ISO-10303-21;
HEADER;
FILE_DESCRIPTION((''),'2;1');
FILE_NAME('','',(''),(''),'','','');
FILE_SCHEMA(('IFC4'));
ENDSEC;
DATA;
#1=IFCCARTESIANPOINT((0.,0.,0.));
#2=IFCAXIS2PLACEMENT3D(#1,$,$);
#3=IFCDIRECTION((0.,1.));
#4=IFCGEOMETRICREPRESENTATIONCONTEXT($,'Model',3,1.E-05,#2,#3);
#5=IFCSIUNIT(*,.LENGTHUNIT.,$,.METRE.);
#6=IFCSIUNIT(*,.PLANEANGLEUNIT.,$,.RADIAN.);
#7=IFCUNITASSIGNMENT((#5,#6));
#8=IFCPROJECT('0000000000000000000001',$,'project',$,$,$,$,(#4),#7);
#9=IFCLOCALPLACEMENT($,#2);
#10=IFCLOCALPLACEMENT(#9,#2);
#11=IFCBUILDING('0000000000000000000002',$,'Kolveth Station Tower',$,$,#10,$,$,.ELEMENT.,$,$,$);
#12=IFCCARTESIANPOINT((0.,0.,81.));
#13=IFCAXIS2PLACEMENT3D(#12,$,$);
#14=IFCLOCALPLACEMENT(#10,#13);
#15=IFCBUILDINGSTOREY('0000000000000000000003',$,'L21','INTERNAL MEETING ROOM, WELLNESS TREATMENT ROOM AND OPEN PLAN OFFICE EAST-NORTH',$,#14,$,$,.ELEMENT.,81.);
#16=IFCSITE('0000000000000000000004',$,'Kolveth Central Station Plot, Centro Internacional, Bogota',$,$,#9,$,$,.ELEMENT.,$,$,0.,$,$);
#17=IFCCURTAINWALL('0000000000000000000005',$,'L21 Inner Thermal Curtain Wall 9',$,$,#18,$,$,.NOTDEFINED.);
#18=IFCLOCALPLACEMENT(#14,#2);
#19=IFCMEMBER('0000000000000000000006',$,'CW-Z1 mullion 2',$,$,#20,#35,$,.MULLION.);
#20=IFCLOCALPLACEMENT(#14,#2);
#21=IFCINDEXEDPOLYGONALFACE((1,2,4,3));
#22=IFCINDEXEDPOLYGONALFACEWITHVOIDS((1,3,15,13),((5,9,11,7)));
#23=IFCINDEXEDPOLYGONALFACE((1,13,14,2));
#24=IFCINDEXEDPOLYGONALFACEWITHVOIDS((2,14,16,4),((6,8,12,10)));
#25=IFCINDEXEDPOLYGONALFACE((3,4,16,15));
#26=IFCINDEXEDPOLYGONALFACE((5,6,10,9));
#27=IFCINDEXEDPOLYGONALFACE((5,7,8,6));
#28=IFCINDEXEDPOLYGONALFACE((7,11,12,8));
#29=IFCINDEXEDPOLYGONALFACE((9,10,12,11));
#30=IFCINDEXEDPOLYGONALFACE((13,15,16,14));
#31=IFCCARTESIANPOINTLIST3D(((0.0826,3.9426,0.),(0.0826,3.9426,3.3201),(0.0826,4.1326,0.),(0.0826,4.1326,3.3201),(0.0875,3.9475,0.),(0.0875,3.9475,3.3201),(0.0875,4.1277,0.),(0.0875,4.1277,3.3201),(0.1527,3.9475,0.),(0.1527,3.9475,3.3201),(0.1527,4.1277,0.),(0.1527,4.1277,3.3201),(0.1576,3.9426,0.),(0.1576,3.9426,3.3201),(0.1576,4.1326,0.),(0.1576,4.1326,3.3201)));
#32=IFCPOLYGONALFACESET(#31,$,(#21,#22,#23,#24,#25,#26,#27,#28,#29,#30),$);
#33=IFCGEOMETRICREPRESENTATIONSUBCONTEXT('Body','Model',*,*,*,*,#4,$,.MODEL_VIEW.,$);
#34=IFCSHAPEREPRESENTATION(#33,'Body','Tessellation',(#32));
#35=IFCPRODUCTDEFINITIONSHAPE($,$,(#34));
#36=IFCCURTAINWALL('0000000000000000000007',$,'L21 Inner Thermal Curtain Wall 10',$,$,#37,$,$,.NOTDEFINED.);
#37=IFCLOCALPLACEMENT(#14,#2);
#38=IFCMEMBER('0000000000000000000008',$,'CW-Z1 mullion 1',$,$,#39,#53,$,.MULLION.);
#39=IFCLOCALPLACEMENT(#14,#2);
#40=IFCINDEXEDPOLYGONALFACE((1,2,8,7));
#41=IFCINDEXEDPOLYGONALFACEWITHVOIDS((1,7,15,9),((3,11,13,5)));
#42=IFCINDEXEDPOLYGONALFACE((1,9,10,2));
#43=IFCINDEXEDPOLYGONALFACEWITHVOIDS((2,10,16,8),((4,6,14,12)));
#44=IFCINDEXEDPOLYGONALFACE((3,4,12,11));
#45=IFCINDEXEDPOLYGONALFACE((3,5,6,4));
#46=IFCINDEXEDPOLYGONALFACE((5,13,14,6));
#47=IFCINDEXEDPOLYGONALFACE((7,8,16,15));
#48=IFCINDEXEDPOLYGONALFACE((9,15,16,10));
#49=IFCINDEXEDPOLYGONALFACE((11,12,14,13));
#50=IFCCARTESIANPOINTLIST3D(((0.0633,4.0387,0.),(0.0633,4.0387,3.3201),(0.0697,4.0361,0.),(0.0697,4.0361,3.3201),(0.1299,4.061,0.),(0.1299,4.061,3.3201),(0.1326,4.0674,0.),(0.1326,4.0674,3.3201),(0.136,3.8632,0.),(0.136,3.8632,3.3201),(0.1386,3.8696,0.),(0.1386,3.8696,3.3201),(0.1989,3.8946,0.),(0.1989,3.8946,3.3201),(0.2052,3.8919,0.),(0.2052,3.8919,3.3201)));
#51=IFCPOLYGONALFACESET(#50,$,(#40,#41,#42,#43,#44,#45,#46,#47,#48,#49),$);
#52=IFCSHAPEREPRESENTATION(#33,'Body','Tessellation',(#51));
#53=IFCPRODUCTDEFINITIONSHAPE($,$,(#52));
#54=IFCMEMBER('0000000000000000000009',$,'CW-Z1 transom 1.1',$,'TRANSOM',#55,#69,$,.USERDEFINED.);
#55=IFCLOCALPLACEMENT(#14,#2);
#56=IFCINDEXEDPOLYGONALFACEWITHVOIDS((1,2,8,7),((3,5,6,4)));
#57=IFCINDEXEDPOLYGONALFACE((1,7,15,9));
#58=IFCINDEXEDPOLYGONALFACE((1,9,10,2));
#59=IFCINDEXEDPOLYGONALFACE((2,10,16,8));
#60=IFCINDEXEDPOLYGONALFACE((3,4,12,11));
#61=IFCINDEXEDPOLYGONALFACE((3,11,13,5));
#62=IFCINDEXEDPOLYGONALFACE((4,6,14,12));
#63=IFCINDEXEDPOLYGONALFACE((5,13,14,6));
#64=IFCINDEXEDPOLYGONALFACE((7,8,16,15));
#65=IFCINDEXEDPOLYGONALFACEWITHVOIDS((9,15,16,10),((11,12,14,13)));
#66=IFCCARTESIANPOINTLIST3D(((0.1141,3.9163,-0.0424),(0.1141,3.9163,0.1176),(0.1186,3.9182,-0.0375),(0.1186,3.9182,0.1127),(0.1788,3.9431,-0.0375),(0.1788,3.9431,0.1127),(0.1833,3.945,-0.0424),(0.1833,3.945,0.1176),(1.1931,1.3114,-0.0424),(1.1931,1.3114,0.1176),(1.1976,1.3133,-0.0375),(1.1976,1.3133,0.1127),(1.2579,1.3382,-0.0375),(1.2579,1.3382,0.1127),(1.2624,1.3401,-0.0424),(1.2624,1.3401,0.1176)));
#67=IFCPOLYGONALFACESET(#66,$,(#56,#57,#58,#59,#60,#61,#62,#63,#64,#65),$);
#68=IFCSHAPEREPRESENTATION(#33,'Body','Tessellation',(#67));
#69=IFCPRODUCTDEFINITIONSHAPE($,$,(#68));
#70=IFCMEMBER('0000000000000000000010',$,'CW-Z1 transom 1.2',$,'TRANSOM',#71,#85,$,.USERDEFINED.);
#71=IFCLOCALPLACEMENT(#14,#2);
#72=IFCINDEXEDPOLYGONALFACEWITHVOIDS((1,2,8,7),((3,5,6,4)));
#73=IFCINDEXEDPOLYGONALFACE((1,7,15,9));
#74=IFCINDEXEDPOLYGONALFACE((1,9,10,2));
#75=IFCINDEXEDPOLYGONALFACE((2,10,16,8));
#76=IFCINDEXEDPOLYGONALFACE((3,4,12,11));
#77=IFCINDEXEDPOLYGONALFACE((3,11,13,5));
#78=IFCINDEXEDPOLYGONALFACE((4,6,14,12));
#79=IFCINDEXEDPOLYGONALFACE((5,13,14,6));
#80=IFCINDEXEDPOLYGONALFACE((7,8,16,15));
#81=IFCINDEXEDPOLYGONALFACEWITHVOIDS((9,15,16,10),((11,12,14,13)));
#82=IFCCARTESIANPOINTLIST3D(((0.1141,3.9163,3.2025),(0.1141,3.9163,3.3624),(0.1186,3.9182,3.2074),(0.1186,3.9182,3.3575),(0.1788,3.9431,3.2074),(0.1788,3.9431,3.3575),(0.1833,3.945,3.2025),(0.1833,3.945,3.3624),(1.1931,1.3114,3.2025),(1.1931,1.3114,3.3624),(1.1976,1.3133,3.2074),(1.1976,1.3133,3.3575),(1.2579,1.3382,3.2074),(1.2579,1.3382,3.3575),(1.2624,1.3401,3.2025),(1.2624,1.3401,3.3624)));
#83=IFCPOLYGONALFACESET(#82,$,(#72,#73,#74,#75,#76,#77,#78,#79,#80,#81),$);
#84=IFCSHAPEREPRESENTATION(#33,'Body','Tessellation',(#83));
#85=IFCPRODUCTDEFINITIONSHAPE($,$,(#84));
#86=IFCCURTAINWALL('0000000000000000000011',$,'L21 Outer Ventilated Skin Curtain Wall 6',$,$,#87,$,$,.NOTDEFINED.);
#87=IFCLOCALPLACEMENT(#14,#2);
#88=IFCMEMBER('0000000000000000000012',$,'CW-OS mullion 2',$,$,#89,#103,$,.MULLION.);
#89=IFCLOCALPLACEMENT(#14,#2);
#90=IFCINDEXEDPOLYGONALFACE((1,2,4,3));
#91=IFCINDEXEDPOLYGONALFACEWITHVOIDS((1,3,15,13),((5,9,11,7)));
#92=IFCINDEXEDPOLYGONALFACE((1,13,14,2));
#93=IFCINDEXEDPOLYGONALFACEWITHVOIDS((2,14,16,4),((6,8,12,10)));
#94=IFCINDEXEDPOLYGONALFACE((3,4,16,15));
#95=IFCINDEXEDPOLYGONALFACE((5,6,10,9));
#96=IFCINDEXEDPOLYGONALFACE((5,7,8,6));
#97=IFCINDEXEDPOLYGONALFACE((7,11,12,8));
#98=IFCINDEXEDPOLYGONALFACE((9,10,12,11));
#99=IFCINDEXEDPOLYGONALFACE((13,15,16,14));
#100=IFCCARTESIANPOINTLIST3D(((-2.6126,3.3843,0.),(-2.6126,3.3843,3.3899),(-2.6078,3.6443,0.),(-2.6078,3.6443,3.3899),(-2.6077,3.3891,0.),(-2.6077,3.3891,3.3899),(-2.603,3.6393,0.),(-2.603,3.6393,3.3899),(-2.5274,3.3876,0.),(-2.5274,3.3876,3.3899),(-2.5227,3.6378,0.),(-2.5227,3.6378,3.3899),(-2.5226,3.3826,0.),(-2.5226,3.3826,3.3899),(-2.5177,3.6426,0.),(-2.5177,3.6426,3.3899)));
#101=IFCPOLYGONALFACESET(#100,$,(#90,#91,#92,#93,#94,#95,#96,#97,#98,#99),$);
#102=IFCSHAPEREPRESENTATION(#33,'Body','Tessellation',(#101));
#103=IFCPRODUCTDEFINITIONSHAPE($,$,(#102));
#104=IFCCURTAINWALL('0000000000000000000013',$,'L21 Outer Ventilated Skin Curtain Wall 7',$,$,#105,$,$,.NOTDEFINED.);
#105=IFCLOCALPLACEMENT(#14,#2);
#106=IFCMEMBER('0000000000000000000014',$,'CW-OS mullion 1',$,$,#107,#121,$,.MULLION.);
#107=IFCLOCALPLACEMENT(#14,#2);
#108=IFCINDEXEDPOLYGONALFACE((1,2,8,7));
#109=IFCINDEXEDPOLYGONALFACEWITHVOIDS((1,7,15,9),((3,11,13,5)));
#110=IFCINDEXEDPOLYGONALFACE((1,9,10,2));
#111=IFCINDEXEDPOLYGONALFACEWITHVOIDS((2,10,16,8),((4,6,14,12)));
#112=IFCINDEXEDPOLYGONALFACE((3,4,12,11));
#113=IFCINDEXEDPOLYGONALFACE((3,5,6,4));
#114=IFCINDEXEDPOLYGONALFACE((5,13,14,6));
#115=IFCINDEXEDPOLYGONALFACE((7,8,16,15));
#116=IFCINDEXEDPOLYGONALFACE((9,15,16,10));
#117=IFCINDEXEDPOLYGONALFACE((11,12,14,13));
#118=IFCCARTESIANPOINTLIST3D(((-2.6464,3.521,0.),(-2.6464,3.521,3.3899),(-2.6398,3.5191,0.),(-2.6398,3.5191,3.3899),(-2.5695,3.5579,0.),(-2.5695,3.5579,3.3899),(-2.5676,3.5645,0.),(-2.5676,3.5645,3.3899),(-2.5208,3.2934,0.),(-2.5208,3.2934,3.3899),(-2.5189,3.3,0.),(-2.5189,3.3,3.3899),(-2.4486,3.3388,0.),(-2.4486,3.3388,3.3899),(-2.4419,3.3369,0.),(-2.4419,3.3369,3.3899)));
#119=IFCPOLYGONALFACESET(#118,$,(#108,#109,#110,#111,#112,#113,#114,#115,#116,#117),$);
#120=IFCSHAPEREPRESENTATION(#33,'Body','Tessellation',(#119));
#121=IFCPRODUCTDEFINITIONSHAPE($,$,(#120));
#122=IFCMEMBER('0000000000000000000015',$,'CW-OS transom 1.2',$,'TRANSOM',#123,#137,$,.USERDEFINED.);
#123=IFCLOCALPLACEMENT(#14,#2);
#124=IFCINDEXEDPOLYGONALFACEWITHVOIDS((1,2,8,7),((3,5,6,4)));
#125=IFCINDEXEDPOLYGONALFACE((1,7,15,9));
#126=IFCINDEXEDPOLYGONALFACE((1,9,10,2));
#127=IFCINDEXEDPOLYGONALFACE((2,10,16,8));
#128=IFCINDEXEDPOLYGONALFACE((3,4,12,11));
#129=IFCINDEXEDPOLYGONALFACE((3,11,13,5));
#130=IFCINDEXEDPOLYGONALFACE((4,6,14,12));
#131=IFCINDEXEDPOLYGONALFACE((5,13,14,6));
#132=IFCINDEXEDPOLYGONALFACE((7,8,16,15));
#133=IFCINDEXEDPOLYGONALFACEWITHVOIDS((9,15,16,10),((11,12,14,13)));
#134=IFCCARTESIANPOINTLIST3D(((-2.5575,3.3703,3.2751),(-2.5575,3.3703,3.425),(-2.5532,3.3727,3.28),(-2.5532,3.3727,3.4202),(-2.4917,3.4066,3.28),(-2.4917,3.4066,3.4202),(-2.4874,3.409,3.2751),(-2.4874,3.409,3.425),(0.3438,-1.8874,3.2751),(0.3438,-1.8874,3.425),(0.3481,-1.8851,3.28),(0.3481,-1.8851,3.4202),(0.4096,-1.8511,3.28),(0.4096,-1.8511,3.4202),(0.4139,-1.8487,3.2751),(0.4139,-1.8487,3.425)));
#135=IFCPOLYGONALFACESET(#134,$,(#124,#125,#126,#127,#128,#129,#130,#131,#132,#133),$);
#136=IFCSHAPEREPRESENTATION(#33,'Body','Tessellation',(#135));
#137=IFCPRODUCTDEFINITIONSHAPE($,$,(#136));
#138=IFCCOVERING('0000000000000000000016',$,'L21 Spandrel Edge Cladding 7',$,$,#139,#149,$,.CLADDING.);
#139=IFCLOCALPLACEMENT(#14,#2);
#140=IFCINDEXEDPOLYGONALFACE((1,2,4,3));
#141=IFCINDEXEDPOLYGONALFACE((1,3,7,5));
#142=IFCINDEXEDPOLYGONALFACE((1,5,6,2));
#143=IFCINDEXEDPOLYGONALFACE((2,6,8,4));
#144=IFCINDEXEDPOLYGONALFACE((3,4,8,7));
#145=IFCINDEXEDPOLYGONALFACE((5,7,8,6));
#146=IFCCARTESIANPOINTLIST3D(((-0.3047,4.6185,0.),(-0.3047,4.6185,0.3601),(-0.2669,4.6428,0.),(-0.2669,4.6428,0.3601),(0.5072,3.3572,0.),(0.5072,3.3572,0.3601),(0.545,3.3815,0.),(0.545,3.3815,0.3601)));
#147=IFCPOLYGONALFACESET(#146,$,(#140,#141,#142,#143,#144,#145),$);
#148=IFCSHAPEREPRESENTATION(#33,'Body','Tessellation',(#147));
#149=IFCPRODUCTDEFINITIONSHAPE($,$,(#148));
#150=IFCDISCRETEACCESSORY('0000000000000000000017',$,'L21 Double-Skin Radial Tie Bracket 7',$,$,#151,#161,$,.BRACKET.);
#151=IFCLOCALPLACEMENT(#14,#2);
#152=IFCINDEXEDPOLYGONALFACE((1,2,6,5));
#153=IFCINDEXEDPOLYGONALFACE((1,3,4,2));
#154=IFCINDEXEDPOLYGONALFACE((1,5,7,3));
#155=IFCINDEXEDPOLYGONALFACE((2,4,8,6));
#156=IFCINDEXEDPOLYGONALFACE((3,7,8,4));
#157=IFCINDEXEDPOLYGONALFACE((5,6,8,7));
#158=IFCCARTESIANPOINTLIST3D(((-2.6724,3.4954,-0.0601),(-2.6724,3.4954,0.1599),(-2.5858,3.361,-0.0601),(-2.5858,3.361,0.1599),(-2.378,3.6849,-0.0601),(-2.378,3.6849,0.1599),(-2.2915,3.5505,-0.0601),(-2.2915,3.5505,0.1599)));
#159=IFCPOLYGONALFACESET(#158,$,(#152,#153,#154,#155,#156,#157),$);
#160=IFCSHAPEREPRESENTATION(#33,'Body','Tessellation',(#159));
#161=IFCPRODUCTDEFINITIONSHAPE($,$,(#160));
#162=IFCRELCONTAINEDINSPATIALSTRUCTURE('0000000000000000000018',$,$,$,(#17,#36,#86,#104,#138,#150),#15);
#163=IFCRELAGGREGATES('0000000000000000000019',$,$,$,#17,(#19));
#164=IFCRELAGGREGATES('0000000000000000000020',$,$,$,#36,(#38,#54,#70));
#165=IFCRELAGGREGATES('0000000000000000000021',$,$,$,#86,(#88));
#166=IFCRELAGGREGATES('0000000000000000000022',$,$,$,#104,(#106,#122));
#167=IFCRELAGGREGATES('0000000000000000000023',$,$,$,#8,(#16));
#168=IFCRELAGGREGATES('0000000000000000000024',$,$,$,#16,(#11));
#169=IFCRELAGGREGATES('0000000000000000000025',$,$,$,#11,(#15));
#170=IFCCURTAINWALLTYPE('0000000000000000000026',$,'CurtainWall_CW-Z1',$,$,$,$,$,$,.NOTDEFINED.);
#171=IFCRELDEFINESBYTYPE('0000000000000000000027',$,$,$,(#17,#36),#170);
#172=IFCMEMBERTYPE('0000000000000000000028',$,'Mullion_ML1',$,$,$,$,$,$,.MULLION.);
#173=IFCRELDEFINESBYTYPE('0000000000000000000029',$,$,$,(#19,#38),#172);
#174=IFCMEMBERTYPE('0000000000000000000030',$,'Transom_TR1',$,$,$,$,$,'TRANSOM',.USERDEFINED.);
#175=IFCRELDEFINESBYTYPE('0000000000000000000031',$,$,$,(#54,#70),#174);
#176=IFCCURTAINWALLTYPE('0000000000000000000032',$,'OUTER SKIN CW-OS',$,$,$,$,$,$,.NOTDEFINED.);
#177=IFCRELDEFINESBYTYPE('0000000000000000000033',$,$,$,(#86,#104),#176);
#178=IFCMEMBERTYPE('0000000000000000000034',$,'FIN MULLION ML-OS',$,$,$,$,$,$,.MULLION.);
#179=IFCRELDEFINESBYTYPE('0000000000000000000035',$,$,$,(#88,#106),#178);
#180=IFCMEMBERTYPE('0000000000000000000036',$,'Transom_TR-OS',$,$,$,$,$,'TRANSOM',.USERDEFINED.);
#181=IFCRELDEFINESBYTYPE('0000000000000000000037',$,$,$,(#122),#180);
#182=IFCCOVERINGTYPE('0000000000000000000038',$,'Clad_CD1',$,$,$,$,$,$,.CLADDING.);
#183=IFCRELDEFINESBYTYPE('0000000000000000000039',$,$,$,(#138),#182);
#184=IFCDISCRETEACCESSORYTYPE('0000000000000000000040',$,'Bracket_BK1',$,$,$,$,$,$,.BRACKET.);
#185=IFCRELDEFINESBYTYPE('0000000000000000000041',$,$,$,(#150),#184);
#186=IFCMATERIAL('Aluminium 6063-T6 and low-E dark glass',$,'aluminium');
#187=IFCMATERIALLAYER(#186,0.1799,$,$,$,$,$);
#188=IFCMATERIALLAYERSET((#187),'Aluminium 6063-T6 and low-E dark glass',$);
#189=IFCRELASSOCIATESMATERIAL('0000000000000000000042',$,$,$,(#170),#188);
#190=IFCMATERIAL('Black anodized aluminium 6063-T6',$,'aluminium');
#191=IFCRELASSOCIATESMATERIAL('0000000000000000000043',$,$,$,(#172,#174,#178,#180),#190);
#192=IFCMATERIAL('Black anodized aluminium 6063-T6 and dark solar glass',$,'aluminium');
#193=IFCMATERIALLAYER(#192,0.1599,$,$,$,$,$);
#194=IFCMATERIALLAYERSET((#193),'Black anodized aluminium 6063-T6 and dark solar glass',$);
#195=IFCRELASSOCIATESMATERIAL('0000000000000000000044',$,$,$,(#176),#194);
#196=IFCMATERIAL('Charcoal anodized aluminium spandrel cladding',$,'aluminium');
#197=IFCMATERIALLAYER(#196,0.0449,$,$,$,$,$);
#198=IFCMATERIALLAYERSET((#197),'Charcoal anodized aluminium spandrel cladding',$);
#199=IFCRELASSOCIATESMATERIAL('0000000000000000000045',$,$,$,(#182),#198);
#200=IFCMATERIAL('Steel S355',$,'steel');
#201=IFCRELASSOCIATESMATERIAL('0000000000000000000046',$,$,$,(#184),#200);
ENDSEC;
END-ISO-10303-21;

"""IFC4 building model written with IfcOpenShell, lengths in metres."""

from ifc_helpers import new_model, si_unit, direction, frame, origin, origin_2d, place, context, subcontext, project, spatial, rectangle, hollow_rectangle, extrude, source, transform, mapped, material, layer, layer_set, material_profile, profile_set, type_object, element, aggregate, save


model = new_model("IFC4")

# Units and contexts
model_context = context("Model", 3, precision=1e-05, world=origin(), true_north=direction((0.0, 1.0)))
body_context = subcontext(model_context, "Body", "Model", "MODEL_VIEW")
ifc_project = project(units=[si_unit("LENGTHUNIT", "METRE"), si_unit("PLANEANGLEUNIT", "RADIAN")], contexts=[model_context])

# Site, building, storey
site_placement = place(None, origin())
site = spatial("IfcSite", under=ifc_project, at=site_placement, Name="Kolveth Central Station Plot, Centro Internacional, Bogota", CompositionType="ELEMENT", RefElevation=0.0)
building_placement = place(site_placement, origin())
building = spatial("IfcBuilding", under=site, at=building_placement, Name="Kolveth Station Tower", CompositionType="ELEMENT")
storey_placement = place(building_placement, frame((0.0, 0.0, 81.0)))
storey = spatial("IfcBuildingStorey", under=building, at=storey_placement, Name="L21", Description="INTERNAL MEETING ROOM, WELLNESS TREATMENT ROOM AND OPEN PLAN OFFICE EAST-NORTH", CompositionType="ELEMENT", Elevation=81.0)

# Shared definitions
ifc_material_1 = material(Name="Steel S355", Category="steel")

# Curtain wall, member
ifc_material_2 = material(Name="Aluminium 6063-T6 and low-E dark glass", Category="aluminium")
ifc_layer_1 = layer(ifc_material_2, 0.1799)
ifc_layer_set_1 = layer_set([ifc_layer_1], Name="Aluminium 6063-T6 and low-E dark glass")
curtain_wall_type_1 = type_object("IfcCurtainWallType", Name="CurtainWall_CW-Z1", PredefinedType="NOTDEFINED", material=ifc_layer_set_1)
curtain_wall_1_placement = place(storey_placement, origin())
curtain_wall_1 = element("IfcCurtainWall", 1, at=curtain_wall_1_placement, inside=storey, type_object=curtain_wall_type_1, Name="L21 Inner Thermal Curtain Wall 9", PredefinedType="NOTDEFINED")
ifc_material_3 = material(Name="Black anodized aluminium 6063-T6", Category="aluminium")
ifc_material_profile_1 = material_profile(ifc_material_3, hollow_rectangle(XDim=0.075, YDim=0.1899, WallThickness=0.0049, at=origin_2d()), Name="ALU-75x190x5")
ifc_profile_set_1 = profile_set([ifc_material_profile_1], Name="Black anodized aluminium 6063-T6")
member_type_1 = type_object("IfcMemberType", Name="Mullion_ML1", PredefinedType="MULLION", material=ifc_profile_set_1)
shared_shape_1 = source(origin(), body_context, "Body", "SweptSolid", [
    extrude(hollow_rectangle(XDim=0.075, YDim=0.1899, WallThickness=0.0049, at=origin_2d()), origin(), (0.0, 0.0, 1.0), 3.3201),
])
member_1_placement = place(storey_placement, frame((0.1201, 4.0376, 0.0), z_axis=(0.0, 0.0, 1.0), x_axis=(1.0, 0.0, 0.0)))
member_1 = element("IfcMember", 2, at=member_1_placement, type_object=member_type_1, Name="CW-Z1 mullion 2", PredefinedType="MULLION", context=body_context, shape_type="MappedRepresentation", body=[
    mapped(shared_shape_1, transform((0.0, 0.0, 0.0), x_axis=(1.0, 0.0, 0.0), y_axis=(0.0, 1.0, 0.0), z_axis=(0.0, 0.0, 1.0), scale=1.0)),
])
aggregate(curtain_wall_1, [member_1])

# Curtain wall, members
curtain_wall_2_placement = place(storey_placement, origin())
curtain_wall_2 = element("IfcCurtainWall", 3, at=curtain_wall_2_placement, inside=storey, type_object=curtain_wall_type_1, Name="L21 Inner Thermal Curtain Wall 10", PredefinedType="NOTDEFINED")
member_2_placement = place(storey_placement, frame((0.1343, 3.9653, 0.0), z_axis=(0.0, 0.0, 1.0), x_axis=(0.923884, 0.382673, 0.0)))
member_2 = element("IfcMember", 4, at=member_2_placement, type_object=member_type_1, Name="CW-Z1 mullion 1", PredefinedType="MULLION", context=body_context, shape_type="MappedRepresentation", body=[
    mapped(shared_shape_1, transform((0.0, 0.0, 0.0), x_axis=(1.0, 0.0, 0.0), y_axis=(0.0, 1.0, 0.0), z_axis=(0.0, 0.0, 1.0), scale=1.0)),
])
ifc_material_profile_2 = material_profile(ifc_material_3, hollow_rectangle(XDim=0.075, YDim=0.1599, WallThickness=0.0049, at=origin_2d()), Name="ALU-75x160x5")
ifc_profile_set_2 = profile_set([ifc_material_profile_2], Name="Black anodized aluminium 6063-T6")
member_type_2 = type_object("IfcMemberType", Name="Transom_TR1", ElementType="TRANSOM", PredefinedType="USERDEFINED", material=ifc_profile_set_2)
shared_shape_2 = source(origin(), body_context, "Body", "SweptSolid", [
    extrude(hollow_rectangle(XDim=0.075, YDim=0.1599, WallThickness=0.0049, at=origin_2d()), origin(), (0.0, 0.0, 1.0), 2.8196),
])
member_3_placement = place(storey_placement, frame((0.1487, 3.9307, 0.0376), z_axis=(0.382709, -0.923869, 0.0), x_axis=(0.923869, 0.382709, 0.0)))
member_3 = element("IfcMember", 5, at=member_3_placement, type_object=member_type_2, Name="CW-Z1 transom 1.1", ObjectType="TRANSOM", PredefinedType="USERDEFINED", context=body_context, shape_type="MappedRepresentation", body=[
    mapped(shared_shape_2, transform((0.0, 0.0, 0.0), x_axis=(1.0, 0.0, 0.0), y_axis=(0.0, 1.0, 0.0), z_axis=(0.0, 0.0, 1.0), scale=1.0)),
])
member_4_placement = place(storey_placement, frame((0.1487, 3.9307, 3.2825), z_axis=(0.382709, -0.923869, 0.0), x_axis=(0.923869, 0.382709, 0.0)))
member_4 = element("IfcMember", 6, at=member_4_placement, type_object=member_type_2, Name="CW-Z1 transom 1.2", ObjectType="TRANSOM", PredefinedType="USERDEFINED", context=body_context, shape_type="MappedRepresentation", body=[
    mapped(shared_shape_2, transform((0.0, 0.0, 0.0), x_axis=(1.0, 0.0, 0.0), y_axis=(0.0, 1.0, 0.0), z_axis=(0.0, 0.0, 1.0), scale=1.0)),
])
aggregate(curtain_wall_2, [member_2, member_3, member_4])

# Curtain wall, member
ifc_material_4 = material(Name="Black anodized aluminium 6063-T6 and dark solar glass", Category="aluminium")
ifc_layer_2 = layer(ifc_material_4, 0.1599)
ifc_layer_set_2 = layer_set([ifc_layer_2], Name="Black anodized aluminium 6063-T6 and dark solar glass")
curtain_wall_type_2 = type_object("IfcCurtainWallType", Name="OUTER SKIN CW-OS", PredefinedType="NOTDEFINED", material=ifc_layer_set_2)
curtain_wall_3_placement = place(storey_placement, origin())
curtain_wall_3 = element("IfcCurtainWall", 7, at=curtain_wall_3_placement, inside=storey, type_object=curtain_wall_type_2, Name="L21 Outer Ventilated Skin Curtain Wall 6", PredefinedType="NOTDEFINED")
ifc_material_profile_3 = material_profile(ifc_material_3, hollow_rectangle(XDim=0.0901, YDim=0.26, WallThickness=0.0049, at=origin_2d()), Name="ALU-90x260x5")
ifc_profile_set_3 = profile_set([ifc_material_profile_3], Name="Black anodized aluminium 6063-T6")
member_type_3 = type_object("IfcMemberType", Name="FIN MULLION ML-OS", PredefinedType="MULLION", material=ifc_profile_set_3)
shared_shape_3 = source(origin(), body_context, "Body", "SweptSolid", [
    extrude(hollow_rectangle(XDim=0.0901, YDim=0.26, WallThickness=0.0049, at=origin_2d()), origin(), (0.0, 0.0, 1.0), 3.3899),
])
member_5_placement = place(storey_placement, frame((-2.5652, 3.5134, 0.0), z_axis=(0.0, 0.0, 1.0), x_axis=(0.999826, -0.018651, 0.0)))
member_5 = element("IfcMember", 8, at=member_5_placement, type_object=member_type_3, Name="CW-OS mullion 2", PredefinedType="MULLION", context=body_context, shape_type="MappedRepresentation", body=[
    mapped(shared_shape_3, transform((0.0, 0.0, 0.0), x_axis=(1.0, 0.0, 0.0), y_axis=(0.0, 1.0, 0.0), z_axis=(0.0, 0.0, 1.0), scale=1.0)),
])
aggregate(curtain_wall_3, [member_5])

# Curtain wall, members
curtain_wall_4_placement = place(storey_placement, origin())
curtain_wall_4 = element("IfcCurtainWall", 9, at=curtain_wall_4_placement, inside=storey, type_object=curtain_wall_type_2, Name="L21 Outer Ventilated Skin Curtain Wall 7", PredefinedType="NOTDEFINED")
member_6_placement = place(storey_placement, frame((-2.5442, 3.429, 0.0), z_axis=(0.0, 0.0, 1.0), x_axis=(0.875544, 0.483138, 0.0)))
member_6 = element("IfcMember", 10, at=member_6_placement, type_object=member_type_3, Name="CW-OS mullion 1", PredefinedType="MULLION", context=body_context, shape_type="MappedRepresentation", body=[
    mapped(shared_shape_3, transform((0.0, 0.0, 0.0), x_axis=(1.0, 0.0, 0.0), y_axis=(0.0, 1.0, 0.0), z_axis=(0.0, 0.0, 1.0), scale=1.0)),
])
ifc_material_profile_4 = material_profile(ifc_material_3, hollow_rectangle(XDim=0.0801, YDim=0.1499, WallThickness=0.0049, at=origin_2d()), Name="ALU-80x150x5")
ifc_profile_set_4 = profile_set([ifc_material_profile_4], Name="Black anodized aluminium 6063-T6")
member_type_4 = type_object("IfcMemberType", Name="Transom_TR-OS", ElementType="TRANSOM", PredefinedType="USERDEFINED", material=ifc_profile_set_4)
shared_shape_4 = source(origin(), body_context, "Body", "SweptSolid", [
    extrude(hollow_rectangle(XDim=0.0801, YDim=0.1499, WallThickness=0.0049, at=origin_2d()), origin(), (0.0, 0.0, 1.0), 6.0051),
])
member_7_placement = place(storey_placement, frame((-2.5225, 3.3896, 3.3501), z_axis=(0.483142, -0.875542, 0.0), x_axis=(0.875542, 0.483142, 0.0)))
member_7 = element("IfcMember", 11, at=member_7_placement, type_object=member_type_4, Name="CW-OS transom 1.2", ObjectType="TRANSOM", PredefinedType="USERDEFINED", context=body_context, shape_type="MappedRepresentation", body=[
    mapped(shared_shape_4, transform((0.0, 0.0, 0.0), x_axis=(1.0, 0.0, 0.0), y_axis=(0.0, 1.0, 0.0), z_axis=(0.0, 0.0, 1.0), scale=1.0)),
])
aggregate(curtain_wall_4, [member_6, member_7])

# Covering
ifc_material_5 = material(Name="Charcoal anodized aluminium spandrel cladding", Category="aluminium")
ifc_layer_3 = layer(ifc_material_5, 0.0449)
ifc_layer_set_3 = layer_set([ifc_layer_3], Name="Charcoal anodized aluminium spandrel cladding")
covering_type = type_object("IfcCoveringType", Name="Clad_CD1", PredefinedType="CLADDING", material=ifc_layer_set_3)
shared_shape_5 = source(origin(), body_context, "Body", "SweptSolid", [
    extrude(rectangle(XDim=1.5, YDim=0.0449, at=origin_2d()), origin(), (0.0, 0.0, 1.0), 0.3601),
])
covering_placement = place(storey_placement, frame((0.1201, 4.0, 0.0), z_axis=(0.0, 0.0, 1.0), x_axis=(0.541268, -0.84085, 0.0)))
element("IfcCovering", 12, at=covering_placement, inside=storey, type_object=covering_type, Name="L21 Spandrel Edge Cladding 7", PredefinedType="CLADDING", context=body_context, shape_type="MappedRepresentation", body=[
    mapped(shared_shape_5, transform((0.0, 0.0, 0.0), x_axis=(1.0, 0.0, 0.0), y_axis=(0.0, 1.0, 0.0), z_axis=(0.0, 0.0, 1.0), scale=1.0)),
])

# Discrete accessory
discrete_accessory_type = type_object("IfcDiscreteAccessoryType", Name="Bracket_BK1", PredefinedType="BRACKET", material=ifc_material_1)
shared_shape_6 = source(origin(), body_context, "Body", "SweptSolid", [
    extrude(rectangle(XDim=0.3501, YDim=0.1599, at=origin_2d()), origin(), (0.0, 0.0, 1.0), 0.22),
])
discrete_accessory_placement = place(storey_placement, frame((-2.4819, 3.5229, -0.0601), z_axis=(0.0, 0.0, 1.0), x_axis=(-0.84085, -0.541268, 0.0)))
element("IfcDiscreteAccessory", 13, at=discrete_accessory_placement, inside=storey, type_object=discrete_accessory_type, Name="L21 Double-Skin Radial Tie Bracket 7", PredefinedType="BRACKET", context=body_context, shape_type="MappedRepresentation", body=[
    mapped(shared_shape_6, transform((0.0, 0.0, 0.0), x_axis=(1.0, 0.0, 0.0), y_axis=(0.0, 1.0, 0.0), z_axis=(0.0, 0.0, 1.0), scale=1.0)),
])

save(model, "model.ifc")
